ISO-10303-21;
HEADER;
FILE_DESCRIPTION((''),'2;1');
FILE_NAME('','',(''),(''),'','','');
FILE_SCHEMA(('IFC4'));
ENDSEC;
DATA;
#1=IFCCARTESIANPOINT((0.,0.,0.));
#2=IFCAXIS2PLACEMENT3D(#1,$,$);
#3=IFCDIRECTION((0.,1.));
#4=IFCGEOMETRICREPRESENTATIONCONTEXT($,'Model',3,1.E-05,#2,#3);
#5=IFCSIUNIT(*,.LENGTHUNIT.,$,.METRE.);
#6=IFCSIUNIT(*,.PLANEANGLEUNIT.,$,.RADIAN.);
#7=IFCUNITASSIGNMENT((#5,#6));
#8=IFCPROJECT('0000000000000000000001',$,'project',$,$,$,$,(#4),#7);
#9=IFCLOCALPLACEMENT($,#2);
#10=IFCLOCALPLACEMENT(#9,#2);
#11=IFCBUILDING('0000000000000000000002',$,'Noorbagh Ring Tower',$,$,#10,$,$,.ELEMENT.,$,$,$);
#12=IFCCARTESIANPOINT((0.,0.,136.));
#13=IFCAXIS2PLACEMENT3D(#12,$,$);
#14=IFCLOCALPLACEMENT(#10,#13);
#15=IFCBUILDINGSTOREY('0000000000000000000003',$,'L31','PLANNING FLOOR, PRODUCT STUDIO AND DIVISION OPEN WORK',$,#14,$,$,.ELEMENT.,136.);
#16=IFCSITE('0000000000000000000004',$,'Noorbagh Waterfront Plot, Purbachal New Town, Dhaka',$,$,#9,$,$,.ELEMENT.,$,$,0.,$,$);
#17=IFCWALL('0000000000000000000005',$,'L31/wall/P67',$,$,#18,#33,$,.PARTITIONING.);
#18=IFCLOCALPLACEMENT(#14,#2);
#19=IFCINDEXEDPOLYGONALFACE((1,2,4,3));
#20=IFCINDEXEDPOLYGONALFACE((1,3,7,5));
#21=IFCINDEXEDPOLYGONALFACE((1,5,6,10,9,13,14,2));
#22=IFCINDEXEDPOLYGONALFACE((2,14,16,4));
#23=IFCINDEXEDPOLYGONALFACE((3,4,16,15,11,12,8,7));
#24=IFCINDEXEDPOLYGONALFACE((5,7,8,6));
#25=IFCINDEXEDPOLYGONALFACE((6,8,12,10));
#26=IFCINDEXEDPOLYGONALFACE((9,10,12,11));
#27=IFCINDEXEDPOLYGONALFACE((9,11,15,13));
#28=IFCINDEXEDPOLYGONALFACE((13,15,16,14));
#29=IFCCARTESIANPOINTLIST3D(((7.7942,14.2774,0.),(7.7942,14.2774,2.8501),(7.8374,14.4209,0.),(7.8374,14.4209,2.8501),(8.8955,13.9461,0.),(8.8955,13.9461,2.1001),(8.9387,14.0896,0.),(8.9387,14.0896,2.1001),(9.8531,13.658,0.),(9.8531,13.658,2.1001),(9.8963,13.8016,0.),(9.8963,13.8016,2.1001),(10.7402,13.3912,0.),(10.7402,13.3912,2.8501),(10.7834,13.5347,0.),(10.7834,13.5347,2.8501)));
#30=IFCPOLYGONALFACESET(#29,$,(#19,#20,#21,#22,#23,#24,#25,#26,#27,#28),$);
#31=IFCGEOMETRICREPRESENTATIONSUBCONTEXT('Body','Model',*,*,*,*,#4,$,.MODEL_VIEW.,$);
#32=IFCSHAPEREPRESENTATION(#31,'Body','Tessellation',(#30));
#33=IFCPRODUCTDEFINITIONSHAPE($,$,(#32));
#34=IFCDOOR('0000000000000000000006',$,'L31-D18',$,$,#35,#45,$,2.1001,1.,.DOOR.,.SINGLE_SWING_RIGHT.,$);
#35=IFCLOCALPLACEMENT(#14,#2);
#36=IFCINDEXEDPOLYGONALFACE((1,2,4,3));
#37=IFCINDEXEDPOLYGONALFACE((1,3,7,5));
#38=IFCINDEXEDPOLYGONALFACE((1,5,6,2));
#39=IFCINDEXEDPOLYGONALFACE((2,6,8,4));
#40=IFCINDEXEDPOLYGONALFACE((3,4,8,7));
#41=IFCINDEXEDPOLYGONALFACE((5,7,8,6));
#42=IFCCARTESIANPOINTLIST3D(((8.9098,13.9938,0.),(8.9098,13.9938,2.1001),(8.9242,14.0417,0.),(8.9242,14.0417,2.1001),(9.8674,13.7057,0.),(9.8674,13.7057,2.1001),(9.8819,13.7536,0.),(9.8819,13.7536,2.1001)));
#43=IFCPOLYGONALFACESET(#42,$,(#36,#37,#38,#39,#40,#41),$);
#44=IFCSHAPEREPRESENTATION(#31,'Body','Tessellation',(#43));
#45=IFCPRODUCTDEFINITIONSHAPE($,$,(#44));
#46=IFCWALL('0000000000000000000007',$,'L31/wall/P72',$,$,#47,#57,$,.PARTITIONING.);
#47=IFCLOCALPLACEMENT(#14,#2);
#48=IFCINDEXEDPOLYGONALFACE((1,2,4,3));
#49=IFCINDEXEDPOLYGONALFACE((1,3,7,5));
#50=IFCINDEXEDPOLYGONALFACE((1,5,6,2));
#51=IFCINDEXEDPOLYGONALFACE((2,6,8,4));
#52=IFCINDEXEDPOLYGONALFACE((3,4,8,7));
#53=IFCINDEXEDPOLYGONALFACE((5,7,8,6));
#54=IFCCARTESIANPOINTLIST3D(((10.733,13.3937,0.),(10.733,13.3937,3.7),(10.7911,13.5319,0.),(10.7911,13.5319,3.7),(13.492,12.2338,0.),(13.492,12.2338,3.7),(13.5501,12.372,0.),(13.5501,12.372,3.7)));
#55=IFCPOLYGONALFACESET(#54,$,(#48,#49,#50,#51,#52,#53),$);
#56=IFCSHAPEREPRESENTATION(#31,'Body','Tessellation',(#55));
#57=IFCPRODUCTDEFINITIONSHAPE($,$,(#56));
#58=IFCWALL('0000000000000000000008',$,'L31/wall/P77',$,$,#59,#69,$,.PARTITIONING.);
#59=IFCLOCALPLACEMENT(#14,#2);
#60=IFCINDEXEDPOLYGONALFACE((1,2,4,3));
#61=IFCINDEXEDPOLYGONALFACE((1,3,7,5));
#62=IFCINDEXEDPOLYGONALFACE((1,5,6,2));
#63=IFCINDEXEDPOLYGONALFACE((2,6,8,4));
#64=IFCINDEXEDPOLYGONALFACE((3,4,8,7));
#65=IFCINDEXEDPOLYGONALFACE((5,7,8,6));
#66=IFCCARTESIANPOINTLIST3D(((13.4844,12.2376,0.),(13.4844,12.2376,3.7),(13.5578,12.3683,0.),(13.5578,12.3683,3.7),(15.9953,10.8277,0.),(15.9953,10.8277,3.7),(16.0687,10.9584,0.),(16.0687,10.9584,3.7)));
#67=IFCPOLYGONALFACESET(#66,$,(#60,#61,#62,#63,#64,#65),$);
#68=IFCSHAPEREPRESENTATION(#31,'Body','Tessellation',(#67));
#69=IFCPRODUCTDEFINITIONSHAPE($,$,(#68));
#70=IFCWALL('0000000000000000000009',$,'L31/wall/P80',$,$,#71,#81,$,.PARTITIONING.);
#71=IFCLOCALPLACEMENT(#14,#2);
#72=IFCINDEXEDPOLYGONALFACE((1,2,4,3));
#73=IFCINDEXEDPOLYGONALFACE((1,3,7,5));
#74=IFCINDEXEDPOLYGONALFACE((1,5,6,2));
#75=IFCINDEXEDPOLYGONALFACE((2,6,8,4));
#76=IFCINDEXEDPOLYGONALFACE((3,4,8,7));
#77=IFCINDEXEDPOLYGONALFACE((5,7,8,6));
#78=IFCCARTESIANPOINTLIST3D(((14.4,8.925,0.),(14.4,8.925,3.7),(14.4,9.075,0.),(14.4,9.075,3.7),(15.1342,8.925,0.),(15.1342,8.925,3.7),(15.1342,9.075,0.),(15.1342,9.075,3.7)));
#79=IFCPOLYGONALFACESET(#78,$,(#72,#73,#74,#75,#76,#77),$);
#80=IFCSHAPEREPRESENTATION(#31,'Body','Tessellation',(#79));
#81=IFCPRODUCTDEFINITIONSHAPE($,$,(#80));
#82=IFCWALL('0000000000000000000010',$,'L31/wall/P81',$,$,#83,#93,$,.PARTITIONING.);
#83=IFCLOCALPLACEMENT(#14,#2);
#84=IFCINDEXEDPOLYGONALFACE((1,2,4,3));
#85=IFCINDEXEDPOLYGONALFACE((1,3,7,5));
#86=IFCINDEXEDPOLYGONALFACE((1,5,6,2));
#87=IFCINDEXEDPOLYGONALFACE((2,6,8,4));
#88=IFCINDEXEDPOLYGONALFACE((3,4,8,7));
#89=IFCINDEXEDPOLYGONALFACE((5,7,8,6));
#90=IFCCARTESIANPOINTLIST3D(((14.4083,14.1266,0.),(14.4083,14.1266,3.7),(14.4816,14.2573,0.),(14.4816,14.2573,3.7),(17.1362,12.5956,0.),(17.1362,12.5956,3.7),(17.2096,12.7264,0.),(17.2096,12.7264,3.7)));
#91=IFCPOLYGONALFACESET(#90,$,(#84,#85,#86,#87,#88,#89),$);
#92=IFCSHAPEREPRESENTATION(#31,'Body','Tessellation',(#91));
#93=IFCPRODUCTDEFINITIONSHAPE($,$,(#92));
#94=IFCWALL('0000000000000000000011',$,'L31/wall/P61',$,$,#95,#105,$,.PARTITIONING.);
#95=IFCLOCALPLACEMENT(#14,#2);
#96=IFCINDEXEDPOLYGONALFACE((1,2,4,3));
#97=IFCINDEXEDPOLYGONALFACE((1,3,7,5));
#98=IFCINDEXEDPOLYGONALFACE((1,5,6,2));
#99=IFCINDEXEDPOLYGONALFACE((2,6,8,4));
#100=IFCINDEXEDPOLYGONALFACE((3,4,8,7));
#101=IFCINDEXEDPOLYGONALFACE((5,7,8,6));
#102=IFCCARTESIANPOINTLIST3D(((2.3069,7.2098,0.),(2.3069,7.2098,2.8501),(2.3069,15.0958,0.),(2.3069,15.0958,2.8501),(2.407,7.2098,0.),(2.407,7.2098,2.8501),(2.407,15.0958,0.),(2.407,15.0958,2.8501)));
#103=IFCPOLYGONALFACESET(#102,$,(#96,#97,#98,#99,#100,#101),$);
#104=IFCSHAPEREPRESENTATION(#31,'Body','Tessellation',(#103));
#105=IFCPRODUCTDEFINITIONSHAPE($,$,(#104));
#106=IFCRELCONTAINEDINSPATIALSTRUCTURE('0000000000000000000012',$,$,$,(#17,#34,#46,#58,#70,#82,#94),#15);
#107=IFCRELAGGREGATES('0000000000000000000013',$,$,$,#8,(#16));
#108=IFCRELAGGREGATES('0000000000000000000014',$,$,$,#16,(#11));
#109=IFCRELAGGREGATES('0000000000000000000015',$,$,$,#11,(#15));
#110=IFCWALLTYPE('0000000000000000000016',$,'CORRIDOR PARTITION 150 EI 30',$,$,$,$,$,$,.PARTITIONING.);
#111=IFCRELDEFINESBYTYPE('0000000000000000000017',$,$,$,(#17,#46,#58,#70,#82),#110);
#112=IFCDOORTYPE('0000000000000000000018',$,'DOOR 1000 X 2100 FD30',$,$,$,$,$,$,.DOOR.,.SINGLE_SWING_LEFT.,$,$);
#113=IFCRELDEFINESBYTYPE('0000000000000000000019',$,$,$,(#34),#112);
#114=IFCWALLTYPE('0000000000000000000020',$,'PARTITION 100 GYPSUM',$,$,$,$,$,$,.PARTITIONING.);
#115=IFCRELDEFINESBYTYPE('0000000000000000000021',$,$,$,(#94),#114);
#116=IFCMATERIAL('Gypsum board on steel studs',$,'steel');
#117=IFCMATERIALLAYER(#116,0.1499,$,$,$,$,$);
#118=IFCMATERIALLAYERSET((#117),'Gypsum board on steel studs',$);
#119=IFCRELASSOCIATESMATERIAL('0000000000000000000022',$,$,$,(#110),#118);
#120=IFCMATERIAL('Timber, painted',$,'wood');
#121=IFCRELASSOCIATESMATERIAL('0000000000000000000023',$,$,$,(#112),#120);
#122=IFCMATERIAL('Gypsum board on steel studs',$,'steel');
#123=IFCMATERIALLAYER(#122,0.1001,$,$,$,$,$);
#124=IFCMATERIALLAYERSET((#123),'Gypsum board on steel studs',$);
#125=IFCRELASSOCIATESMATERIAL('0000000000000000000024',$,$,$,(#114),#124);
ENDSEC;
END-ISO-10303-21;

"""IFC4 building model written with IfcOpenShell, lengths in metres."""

from ifc_helpers import new_model, si_unit, direction, frame, frame_2d, origin, place, context, subcontext, project, spatial, rectangle, extrude, material, layer, layer_set, type_object, element, fill, save


model = new_model("IFC4")

# Units and contexts
model_context = context("Model", 3, precision=1e-05, world=origin(), true_north=direction((0.0, 1.0)))
body_context = subcontext(model_context, "Body", "Model", "MODEL_VIEW")
ifc_project = project(units=[si_unit("LENGTHUNIT", "METRE"), si_unit("PLANEANGLEUNIT", "RADIAN")], contexts=[model_context])

# Site, building, storey
site_placement = place(None, origin())
site = spatial("IfcSite", under=ifc_project, at=site_placement, Name="Noorbagh Waterfront Plot, Purbachal New Town, Dhaka", CompositionType="ELEMENT", RefElevation=0.0)
building_placement = place(site_placement, origin())
building = spatial("IfcBuilding", under=site, at=building_placement, Name="Noorbagh Ring Tower", CompositionType="ELEMENT")
storey_placement = place(building_placement, frame((0.0, 0.0, 136.0)))
storey = spatial("IfcBuildingStorey", under=building, at=storey_placement, Name="L31", Description="PLANNING FLOOR, PRODUCT STUDIO AND DIVISION OPEN WORK", CompositionType="ELEMENT", Elevation=136.0)

# Wall, opening, door
ifc_material_1 = material(Name="Gypsum board on steel studs", Category="steel")
ifc_layer_1 = layer(ifc_material_1, 0.1499)
ifc_layer_set_1 = layer_set([ifc_layer_1], Name="Gypsum board on steel studs")
wall_type_1 = type_object("IfcWallType", Name="CORRIDOR PARTITION 150 EI 30", PredefinedType="PARTITIONING", material=ifc_layer_set_1)
wall_1_placement = place(storey_placement, frame((7.8159, 14.3491, 0.0), z_axis=(0.0, 0.0, 1.0), x_axis=(0.95761, -0.288069, 0.0)))
wall_1 = element("IfcWall", 1, at=wall_1_placement, inside=storey, type_object=wall_type_1, Name="L31/wall/P67", PredefinedType="PARTITIONING", context=body_context, shape_type="SweptSolid", body=[
    extrude(rectangle(XDim=3.0764, YDim=0.1499, at=frame_2d((1.5381, 0.0))), origin(), (0.0, 0.0, 1.0), 2.8501),
])
opening_placement = place(wall_1_placement, frame((1.1499, 0.0, 0.0)))
opening = element("IfcOpeningElement", 2, at=opening_placement, cuts=wall_1, PredefinedType="OPENING", context=body_context, shape_type="SweptSolid", body=[
    extrude(rectangle(XDim=1.0, YDim=2.1001, at=frame_2d((0.5, 1.05))), frame((0.0, 0.085, 0.0), z_axis=(0.0, -1.0, 0.0), x_axis=(1.0, 0.0, 0.0)), (0.0, 0.0, 1.0), 0.1699),
])
ifc_material_2 = material(Name="Timber, painted", Category="wood")
door_type = type_object("IfcDoorType", Name="DOOR 1000 X 2100 FD30", OperationType="SINGLE_SWING_LEFT", PredefinedType="DOOR", material=ifc_material_2)
door_placement = place(opening_placement, origin())
door = element("IfcDoor", 3, at=door_placement, inside=storey, type_object=door_type, Name="L31-D18", OperationType="SINGLE_SWING_RIGHT", OverallHeight=2.1001, OverallWidth=1.0, PredefinedType="DOOR", context=body_context, shape_type="SweptSolid", body=[
    extrude(rectangle(XDim=1.0, YDim=2.1001, at=frame_2d((0.5, 1.05))), frame((0.0, 0.0249, 0.0), z_axis=(0.0, -1.0, 0.0), x_axis=(1.0, 0.0, 0.0)), (0.0, 0.0, 1.0), 0.05),
])
fill(opening, door)

# Walls
wall_2_placement = place(storey_placement, frame((10.762, 13.4629, 0.0), z_axis=(0.0, 0.0, 1.0), x_axis=(0.921849, -0.38755, 0.0)))
element("IfcWall", 4, at=wall_2_placement, inside=storey, type_object=wall_type_1, Name="L31/wall/P72", PredefinedType="PARTITIONING", context=body_context, shape_type="SweptSolid", body=[
    extrude(rectangle(XDim=2.9929, YDim=0.1499, at=frame_2d((1.4966, 0.0))), origin(), (0.0, 0.0, 1.0), 3.7),
])
wall_3_placement = place(storey_placement, frame((13.521, 12.303, 0.0), z_axis=(0.0, 0.0, 1.0), x_axis=(0.871949, -0.489597, 0.0)))
element("IfcWall", 5, at=wall_3_placement, inside=storey, type_object=wall_type_1, Name="L31/wall/P77", PredefinedType="PARTITIONING", context=body_context, shape_type="SweptSolid", body=[
    extrude(rectangle(XDim=2.8796, YDim=0.1499, at=frame_2d((1.4399, 0.0))), origin(), (0.0, 0.0, 1.0), 3.7),
])
wall_4_placement = place(storey_placement, frame((14.3999, 9.0, 0.0), z_axis=(0.0, 0.0, 1.0), x_axis=(1.0, 0.0, 0.0)))
element("IfcWall", 6, at=wall_4_placement, inside=storey, type_object=wall_type_1, Name="L31/wall/P80", PredefinedType="PARTITIONING", context=body_context, shape_type="SweptSolid", body=[
    extrude(rectangle(XDim=0.7341, YDim=0.1499, at=frame_2d((0.3672, 0.0))), origin(), (0.0, 0.0, 1.0), 3.7),
])
wall_5_placement = place(storey_placement, frame((14.4451, 14.1919, 0.0), z_axis=(0.0, 0.0, 1.0), x_axis=(0.872054, -0.489409, 0.0)))
element("IfcWall", 7, at=wall_5_placement, inside=storey, type_object=wall_type_1, Name="L31/wall/P81", PredefinedType="PARTITIONING", context=body_context, shape_type="SweptSolid", body=[
    extrude(rectangle(XDim=3.1282, YDim=0.1499, at=frame_2d((1.564, 0.0))), origin(), (0.0, 0.0, 1.0), 3.7),
])

# Wall
ifc_material_3 = material(Name="Gypsum board on steel studs", Category="steel")
ifc_layer_2 = layer(ifc_material_3, 0.1001)
ifc_layer_set_2 = layer_set([ifc_layer_2], Name="Gypsum board on steel studs")
wall_type_2 = type_object("IfcWallType", Name="PARTITION 100 GYPSUM", PredefinedType="PARTITIONING", material=ifc_layer_set_2)
wall_6_placement = place(storey_placement, frame((2.3569, 7.21, 0.0), z_axis=(0.0, 0.0, 1.0), x_axis=(0.0, 1.0, 0.0)))
element("IfcWall", 8, at=wall_6_placement, inside=storey, type_object=wall_type_2, Name="L31/wall/P61", PredefinedType="PARTITIONING", context=body_context, shape_type="SweptSolid", body=[
    extrude(rectangle(XDim=7.886, YDim=0.1001, at=frame_2d((3.9429, 0.0))), origin(), (0.0, 0.0, 1.0), 2.8501),
])

save(model, "model.ifc")
